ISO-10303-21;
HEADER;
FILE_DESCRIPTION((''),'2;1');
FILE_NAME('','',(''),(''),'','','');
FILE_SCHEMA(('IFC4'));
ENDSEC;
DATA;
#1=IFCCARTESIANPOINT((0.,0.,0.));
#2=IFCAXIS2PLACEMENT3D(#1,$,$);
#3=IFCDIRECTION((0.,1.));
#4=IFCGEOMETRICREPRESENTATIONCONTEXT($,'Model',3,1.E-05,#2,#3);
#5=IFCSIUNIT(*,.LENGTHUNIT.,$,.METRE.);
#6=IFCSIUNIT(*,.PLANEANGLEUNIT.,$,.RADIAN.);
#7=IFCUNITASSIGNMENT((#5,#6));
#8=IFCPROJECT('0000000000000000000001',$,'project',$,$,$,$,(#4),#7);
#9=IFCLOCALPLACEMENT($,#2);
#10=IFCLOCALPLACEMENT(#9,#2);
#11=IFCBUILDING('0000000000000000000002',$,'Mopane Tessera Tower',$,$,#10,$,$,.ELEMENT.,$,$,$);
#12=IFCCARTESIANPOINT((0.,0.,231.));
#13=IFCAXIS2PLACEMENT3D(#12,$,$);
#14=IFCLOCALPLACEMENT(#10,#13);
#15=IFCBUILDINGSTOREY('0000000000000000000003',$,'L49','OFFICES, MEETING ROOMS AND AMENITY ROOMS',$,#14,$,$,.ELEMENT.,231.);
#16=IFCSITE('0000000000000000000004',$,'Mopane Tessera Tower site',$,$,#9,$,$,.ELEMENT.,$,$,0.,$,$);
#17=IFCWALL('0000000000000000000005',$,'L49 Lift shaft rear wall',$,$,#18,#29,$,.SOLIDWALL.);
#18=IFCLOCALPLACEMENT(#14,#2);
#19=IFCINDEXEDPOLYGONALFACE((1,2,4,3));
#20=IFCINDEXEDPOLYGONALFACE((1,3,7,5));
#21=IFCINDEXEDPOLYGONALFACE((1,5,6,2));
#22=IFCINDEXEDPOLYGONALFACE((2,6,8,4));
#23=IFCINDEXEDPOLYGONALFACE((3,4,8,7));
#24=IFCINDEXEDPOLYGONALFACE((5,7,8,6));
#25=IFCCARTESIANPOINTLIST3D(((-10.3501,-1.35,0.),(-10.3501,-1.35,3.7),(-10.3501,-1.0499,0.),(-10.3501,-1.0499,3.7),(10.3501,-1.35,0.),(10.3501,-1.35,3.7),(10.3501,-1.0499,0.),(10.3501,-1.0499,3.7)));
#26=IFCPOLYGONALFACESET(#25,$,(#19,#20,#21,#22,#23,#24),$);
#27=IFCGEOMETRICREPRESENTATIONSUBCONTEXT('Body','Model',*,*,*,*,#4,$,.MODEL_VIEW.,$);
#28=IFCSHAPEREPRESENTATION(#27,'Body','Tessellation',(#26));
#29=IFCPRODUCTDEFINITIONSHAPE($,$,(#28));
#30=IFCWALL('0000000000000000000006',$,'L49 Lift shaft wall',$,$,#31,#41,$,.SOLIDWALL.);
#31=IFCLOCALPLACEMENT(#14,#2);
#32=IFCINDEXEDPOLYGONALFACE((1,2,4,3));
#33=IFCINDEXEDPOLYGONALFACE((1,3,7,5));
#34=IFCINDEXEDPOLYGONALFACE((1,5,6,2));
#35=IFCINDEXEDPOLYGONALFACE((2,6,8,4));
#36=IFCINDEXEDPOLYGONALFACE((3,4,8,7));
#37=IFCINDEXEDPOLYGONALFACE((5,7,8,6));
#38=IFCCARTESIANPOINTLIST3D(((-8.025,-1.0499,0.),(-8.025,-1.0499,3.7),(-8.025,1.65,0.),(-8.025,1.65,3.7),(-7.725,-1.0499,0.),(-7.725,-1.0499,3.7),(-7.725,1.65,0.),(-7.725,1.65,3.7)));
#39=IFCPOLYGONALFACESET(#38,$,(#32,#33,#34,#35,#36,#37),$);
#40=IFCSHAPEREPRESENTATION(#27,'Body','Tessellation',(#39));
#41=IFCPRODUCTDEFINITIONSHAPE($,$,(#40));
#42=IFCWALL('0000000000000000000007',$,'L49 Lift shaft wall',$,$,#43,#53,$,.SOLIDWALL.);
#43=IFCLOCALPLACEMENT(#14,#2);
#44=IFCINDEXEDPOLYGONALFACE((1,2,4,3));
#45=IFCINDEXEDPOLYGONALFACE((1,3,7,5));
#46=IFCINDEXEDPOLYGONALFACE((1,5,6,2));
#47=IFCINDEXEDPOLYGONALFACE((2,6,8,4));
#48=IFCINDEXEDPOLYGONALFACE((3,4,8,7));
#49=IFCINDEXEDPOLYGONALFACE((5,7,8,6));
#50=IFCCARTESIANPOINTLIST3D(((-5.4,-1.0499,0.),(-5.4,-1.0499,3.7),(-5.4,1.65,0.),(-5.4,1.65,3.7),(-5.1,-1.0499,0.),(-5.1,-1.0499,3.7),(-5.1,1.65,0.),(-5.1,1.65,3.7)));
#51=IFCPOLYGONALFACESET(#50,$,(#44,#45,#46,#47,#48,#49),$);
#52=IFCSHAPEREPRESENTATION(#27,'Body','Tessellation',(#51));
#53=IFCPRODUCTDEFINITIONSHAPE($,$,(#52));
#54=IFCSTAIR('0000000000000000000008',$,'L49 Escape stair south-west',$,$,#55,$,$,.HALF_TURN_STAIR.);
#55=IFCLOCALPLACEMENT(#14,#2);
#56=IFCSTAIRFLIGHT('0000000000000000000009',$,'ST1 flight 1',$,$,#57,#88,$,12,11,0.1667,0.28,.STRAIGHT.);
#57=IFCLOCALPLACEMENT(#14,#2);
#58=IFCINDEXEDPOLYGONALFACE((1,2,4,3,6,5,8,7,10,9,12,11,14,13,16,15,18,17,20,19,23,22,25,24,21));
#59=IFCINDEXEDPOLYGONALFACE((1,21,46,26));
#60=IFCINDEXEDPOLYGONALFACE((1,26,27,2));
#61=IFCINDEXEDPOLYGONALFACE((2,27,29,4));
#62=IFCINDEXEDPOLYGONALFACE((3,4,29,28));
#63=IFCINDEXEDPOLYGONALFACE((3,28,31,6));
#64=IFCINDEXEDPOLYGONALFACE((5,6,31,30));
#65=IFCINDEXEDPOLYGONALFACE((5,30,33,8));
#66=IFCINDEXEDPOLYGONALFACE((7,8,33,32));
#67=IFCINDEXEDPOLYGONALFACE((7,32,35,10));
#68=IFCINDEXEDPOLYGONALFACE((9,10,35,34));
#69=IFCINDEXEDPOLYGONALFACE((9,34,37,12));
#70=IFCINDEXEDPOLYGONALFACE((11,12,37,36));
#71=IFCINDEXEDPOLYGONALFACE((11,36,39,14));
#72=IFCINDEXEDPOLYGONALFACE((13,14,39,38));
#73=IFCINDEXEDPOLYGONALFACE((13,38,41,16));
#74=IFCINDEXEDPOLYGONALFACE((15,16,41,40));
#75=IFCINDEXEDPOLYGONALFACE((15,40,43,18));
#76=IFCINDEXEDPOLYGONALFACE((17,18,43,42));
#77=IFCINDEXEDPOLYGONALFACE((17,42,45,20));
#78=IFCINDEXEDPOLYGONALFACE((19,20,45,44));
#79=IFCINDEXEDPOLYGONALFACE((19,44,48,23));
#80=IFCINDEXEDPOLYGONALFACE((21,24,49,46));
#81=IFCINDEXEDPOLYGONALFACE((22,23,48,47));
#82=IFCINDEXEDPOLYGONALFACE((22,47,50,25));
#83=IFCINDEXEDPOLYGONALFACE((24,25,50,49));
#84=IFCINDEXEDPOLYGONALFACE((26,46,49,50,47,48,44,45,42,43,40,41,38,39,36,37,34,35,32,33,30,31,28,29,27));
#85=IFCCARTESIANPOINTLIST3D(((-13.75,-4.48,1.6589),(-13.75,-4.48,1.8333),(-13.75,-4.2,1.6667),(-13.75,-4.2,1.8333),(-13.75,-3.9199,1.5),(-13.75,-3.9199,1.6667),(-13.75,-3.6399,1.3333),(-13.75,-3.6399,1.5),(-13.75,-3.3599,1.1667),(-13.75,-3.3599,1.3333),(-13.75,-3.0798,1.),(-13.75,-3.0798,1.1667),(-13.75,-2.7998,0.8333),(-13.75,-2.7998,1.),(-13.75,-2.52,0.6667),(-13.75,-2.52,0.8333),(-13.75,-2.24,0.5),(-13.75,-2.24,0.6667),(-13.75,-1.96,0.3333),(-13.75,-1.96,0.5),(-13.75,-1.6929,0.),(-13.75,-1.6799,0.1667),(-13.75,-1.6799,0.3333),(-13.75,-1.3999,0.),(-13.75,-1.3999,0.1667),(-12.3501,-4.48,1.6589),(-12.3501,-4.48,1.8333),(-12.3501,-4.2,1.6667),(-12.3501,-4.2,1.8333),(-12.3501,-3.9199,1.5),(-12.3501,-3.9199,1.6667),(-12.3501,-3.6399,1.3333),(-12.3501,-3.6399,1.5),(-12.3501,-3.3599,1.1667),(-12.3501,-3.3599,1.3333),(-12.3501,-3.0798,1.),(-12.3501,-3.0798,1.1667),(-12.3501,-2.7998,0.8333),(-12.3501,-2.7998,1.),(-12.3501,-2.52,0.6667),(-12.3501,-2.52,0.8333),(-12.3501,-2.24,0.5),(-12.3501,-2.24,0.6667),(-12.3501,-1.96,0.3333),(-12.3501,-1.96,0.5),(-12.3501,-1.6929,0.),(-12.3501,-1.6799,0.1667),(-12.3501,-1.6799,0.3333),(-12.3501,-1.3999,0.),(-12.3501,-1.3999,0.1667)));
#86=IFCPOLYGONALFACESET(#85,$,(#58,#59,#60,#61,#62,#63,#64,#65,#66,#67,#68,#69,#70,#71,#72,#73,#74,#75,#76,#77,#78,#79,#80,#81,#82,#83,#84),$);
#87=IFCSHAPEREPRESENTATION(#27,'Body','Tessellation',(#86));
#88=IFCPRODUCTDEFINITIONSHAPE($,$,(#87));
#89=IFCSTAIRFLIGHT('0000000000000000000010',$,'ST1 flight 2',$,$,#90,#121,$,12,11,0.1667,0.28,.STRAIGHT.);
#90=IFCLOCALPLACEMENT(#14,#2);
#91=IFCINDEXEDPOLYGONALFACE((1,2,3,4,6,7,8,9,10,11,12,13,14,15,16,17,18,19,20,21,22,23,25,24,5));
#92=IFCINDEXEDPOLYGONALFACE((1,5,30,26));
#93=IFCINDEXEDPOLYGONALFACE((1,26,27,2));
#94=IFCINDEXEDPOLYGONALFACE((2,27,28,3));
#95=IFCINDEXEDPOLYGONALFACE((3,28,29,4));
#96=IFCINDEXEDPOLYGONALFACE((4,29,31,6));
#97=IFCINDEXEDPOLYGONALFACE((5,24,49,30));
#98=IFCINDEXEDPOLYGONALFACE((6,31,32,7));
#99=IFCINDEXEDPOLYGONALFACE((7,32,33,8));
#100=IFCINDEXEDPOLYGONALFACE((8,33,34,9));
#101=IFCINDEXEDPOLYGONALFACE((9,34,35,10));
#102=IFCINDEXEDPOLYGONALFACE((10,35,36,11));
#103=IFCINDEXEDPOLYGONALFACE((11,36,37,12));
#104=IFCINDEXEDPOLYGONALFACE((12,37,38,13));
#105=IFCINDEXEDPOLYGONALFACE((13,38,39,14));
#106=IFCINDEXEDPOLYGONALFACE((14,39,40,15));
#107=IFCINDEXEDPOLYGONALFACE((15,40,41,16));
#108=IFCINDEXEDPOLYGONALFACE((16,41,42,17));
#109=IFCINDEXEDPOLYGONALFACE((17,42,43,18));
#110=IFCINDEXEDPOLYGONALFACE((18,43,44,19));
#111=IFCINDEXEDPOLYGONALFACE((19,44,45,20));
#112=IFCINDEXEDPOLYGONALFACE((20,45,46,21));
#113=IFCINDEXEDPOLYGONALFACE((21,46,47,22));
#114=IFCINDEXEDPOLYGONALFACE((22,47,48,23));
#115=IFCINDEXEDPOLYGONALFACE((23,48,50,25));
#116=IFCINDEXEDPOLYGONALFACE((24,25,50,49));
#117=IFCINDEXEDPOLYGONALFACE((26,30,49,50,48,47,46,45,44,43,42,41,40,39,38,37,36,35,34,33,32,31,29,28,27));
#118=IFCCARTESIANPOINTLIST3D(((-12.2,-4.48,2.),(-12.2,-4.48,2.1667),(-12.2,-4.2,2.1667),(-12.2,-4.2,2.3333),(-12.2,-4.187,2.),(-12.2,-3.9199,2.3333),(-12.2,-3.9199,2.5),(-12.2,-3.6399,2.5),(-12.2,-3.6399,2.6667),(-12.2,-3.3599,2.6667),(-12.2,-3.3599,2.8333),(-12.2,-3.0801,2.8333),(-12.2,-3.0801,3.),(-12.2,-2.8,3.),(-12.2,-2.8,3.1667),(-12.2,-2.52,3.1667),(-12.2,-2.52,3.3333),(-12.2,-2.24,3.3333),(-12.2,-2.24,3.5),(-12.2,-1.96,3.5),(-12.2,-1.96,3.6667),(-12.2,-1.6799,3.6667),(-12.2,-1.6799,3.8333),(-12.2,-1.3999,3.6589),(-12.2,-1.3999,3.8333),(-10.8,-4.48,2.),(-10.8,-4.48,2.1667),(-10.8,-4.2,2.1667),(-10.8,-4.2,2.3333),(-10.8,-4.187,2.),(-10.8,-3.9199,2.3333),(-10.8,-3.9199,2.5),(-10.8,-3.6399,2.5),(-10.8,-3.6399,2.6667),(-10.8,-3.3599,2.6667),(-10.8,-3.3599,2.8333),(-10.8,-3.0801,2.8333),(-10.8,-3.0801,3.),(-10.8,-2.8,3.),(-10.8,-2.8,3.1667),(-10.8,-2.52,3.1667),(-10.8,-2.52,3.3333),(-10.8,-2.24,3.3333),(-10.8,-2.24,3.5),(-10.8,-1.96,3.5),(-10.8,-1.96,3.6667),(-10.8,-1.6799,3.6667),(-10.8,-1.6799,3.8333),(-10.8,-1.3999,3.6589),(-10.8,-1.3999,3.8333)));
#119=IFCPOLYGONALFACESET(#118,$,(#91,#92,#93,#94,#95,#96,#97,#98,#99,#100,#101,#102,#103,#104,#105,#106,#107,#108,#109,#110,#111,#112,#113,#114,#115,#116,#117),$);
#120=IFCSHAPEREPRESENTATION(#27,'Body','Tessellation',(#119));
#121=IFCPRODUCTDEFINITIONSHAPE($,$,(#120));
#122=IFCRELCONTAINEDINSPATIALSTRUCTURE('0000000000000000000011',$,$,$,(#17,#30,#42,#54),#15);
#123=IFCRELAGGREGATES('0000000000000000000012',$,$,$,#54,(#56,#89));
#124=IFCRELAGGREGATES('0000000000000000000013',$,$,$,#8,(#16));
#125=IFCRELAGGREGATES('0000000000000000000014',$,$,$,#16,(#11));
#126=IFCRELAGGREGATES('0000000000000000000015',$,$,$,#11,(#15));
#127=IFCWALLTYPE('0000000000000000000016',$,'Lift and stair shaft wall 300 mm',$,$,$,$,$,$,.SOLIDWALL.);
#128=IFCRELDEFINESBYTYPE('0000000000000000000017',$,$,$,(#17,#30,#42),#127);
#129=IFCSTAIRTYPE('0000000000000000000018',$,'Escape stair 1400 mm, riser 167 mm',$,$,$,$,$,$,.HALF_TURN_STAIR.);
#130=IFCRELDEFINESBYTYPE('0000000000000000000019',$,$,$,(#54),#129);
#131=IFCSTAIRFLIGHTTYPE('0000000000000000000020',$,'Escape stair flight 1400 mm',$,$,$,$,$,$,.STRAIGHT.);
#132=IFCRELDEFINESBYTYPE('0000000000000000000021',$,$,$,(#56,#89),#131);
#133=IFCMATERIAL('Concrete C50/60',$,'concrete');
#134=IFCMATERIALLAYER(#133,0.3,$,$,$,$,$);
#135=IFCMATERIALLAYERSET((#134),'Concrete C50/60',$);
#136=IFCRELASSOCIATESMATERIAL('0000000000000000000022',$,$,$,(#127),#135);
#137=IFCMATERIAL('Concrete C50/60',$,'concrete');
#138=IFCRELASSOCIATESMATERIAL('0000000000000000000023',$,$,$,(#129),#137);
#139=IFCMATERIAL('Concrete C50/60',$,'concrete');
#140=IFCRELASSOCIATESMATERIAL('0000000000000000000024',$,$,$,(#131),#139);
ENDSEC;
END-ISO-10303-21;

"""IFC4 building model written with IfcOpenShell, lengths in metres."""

from ifc_helpers import new_model, si_unit, direction, frame, frame_2d, origin, place, context, subcontext, project, spatial, polyline, rectangle, outline, extrude, material, layer, layer_set, type_object, element, aggregate, save


model = new_model("IFC4")

# Units and contexts
model_context = context("Model", 3, precision=1e-05, world=origin(), true_north=direction((0.0, 1.0)))
body_context = subcontext(model_context, "Body", "Model", "MODEL_VIEW")
ifc_project = project(units=[si_unit("LENGTHUNIT", "METRE"), si_unit("PLANEANGLEUNIT", "RADIAN")], contexts=[model_context])

# Site, building, storey
site_placement = place(None, origin())
site = spatial("IfcSite", under=ifc_project, at=site_placement, Name="Mopane Tessera Tower site", CompositionType="ELEMENT", RefElevation=0.0)
building_placement = place(site_placement, origin())
building = spatial("IfcBuilding", under=site, at=building_placement, Name="Mopane Tessera Tower", CompositionType="ELEMENT")
storey_placement = place(building_placement, frame((0.0, 0.0, 231.0)))
storey = spatial("IfcBuildingStorey", under=building, at=storey_placement, Name="L49", Description="OFFICES, MEETING ROOMS AND AMENITY ROOMS", CompositionType="ELEMENT", Elevation=231.0)

# Walls
ifc_material_1 = material(Name="Concrete C50/60", Category="concrete")
ifc_layer_1 = layer(ifc_material_1, 0.3)
ifc_layer_set_1 = layer_set([ifc_layer_1], Name="Concrete C50/60")
wall_type_1 = type_object("IfcWallType", Name="Lift and stair shaft wall 300 mm", PredefinedType="SOLIDWALL", material=ifc_layer_set_1)
wall_1_placement = place(storey_placement, frame((-10.3501, -1.2, 0.0), z_axis=(0.0, 0.0, 1.0), x_axis=(1.0, 0.0, 0.0)))
element("IfcWall", 1, at=wall_1_placement, inside=storey, type_object=wall_type_1, Name="L49 Lift shaft rear wall", PredefinedType="SOLIDWALL", context=body_context, shape_type="SweptSolid", body=[
    extrude(rectangle(XDim=20.7002, YDim=0.3, at=frame_2d((10.3501, 0.0))), origin(), (0.0, 0.0, 1.0), 3.7),
])
for number, where, z_axis, x_axis, name in (
    (2, (-7.875, -1.05, 0.0), (0.0, 0.0, 1.0), (0.0, 1.0, 0.0), "L49 Lift shaft wall"),
    (3, (-5.25, -1.05, 0.0), (0.0, 0.0, 1.0), (0.0, 1.0, 0.0), "L49 Lift shaft wall"),
):
    element("IfcWall", number, at=place(storey_placement, frame(where, z_axis=z_axis, x_axis=x_axis)), inside=storey, type_object=wall_type_1, Name=name, PredefinedType="SOLIDWALL", context=body_context, shape_type="SweptSolid", body=[
        extrude(rectangle(XDim=2.7, YDim=0.3, at=frame_2d((1.3501, 0.0))), origin(), (0.0, 0.0, 1.0), 3.7),
    ])

# Stair, stair flights
ifc_material_2 = material(Name="Concrete C50/60", Category="concrete")
stair_type = type_object("IfcStairType", Name="Escape stair 1400 mm, riser 167 mm", PredefinedType="HALF_TURN_STAIR", material=ifc_material_2)
stair_placement = place(storey_placement, origin())
stair = element("IfcStair", 4, at=stair_placement, inside=storey, type_object=stair_type, Name="L49 Escape stair south-west", PredefinedType="HALF_TURN_STAIR")
ifc_material_3 = material(Name="Concrete C50/60", Category="concrete")
stair_flight_type = type_object("IfcStairFlightType", Name="Escape stair flight 1400 mm", PredefinedType="STRAIGHT", material=ifc_material_3)
stair_flight_1_placement = place(storey_placement, frame((-13.05, -1.3999, 0.0), z_axis=(0.0, 0.0, 1.0), x_axis=(0.0, -1.0, 0.0)))
stair_flight_1 = element("IfcStairFlight", 5, at=stair_flight_1_placement, type_object=stair_flight_type, Name="ST1 flight 1", NumberOfRisers=12, NumberOfTreads=11, PredefinedType="STRAIGHT", RiserHeight=0.1667, TreadLength=0.28, context=body_context, shape_type="SweptSolid", body=[
    extrude(outline(polyline([(0.0, 0.0), (0.0, 0.1667), (0.28, 0.1667), (0.28, 0.3333), (0.5601, 0.3333), (0.5601, 0.5), (0.8401, 0.5), (0.8401, 0.6667), (1.1201, 0.6667), (1.1201, 0.8333), (1.3999, 0.8333), (1.3999, 1.0), (1.6799, 1.0), (1.6799, 1.1667), (1.96, 1.1667), (1.96, 1.3333), (2.24, 1.3333), (2.24, 1.5), (2.52, 1.5), (2.52, 1.6667), (2.8, 1.6667), (2.8, 1.8333), (3.0801, 1.8333), (3.0801, 2.0), (3.0801, 1.6589), (0.293, 0.0), (0.0, 0.0)])), frame((0.0, 0.7, 0.0), z_axis=(0.0, -1.0, 0.0), x_axis=(1.0, 0.0, 0.0)), (0.0, 0.0, 1.0), 1.3999),
])
stair_flight_2_placement = place(storey_placement, frame((-11.5, -4.48, 2.0), z_axis=(0.0, 0.0, 1.0), x_axis=(0.0, 1.0, 0.0)))
stair_flight_2 = element("IfcStairFlight", 6, at=stair_flight_2_placement, type_object=stair_flight_type, Name="ST1 flight 2", NumberOfRisers=12, NumberOfTreads=11, PredefinedType="STRAIGHT", RiserHeight=0.1667, TreadLength=0.28, context=body_context, shape_type="SweptSolid", body=[
    extrude(outline(polyline([(0.0, 0.0), (0.0, 0.1667), (0.28, 0.1667), (0.28, 0.3333), (0.5601, 0.3333), (0.5601, 0.5), (0.8401, 0.5), (0.8401, 0.6667), (1.1201, 0.6667), (1.1201, 0.8333), (1.3999, 0.8333), (1.3999, 1.0), (1.6799, 1.0), (1.6799, 1.1667), (1.96, 1.1667), (1.96, 1.3333), (2.24, 1.3333), (2.24, 1.5), (2.52, 1.5), (2.52, 1.6667), (2.8, 1.6667), (2.8, 1.8333), (3.0801, 1.8333), (3.0801, 2.0), (3.0801, 1.6589), (0.293, 0.0), (0.0, 0.0)])), frame((0.0, 0.7, 0.0), z_axis=(0.0, -1.0, 0.0), x_axis=(1.0, 0.0, 0.0)), (0.0, 0.0, 1.0), 1.3999),
])
aggregate(stair, [stair_flight_1, stair_flight_2])

save(model, "model.ifc")
